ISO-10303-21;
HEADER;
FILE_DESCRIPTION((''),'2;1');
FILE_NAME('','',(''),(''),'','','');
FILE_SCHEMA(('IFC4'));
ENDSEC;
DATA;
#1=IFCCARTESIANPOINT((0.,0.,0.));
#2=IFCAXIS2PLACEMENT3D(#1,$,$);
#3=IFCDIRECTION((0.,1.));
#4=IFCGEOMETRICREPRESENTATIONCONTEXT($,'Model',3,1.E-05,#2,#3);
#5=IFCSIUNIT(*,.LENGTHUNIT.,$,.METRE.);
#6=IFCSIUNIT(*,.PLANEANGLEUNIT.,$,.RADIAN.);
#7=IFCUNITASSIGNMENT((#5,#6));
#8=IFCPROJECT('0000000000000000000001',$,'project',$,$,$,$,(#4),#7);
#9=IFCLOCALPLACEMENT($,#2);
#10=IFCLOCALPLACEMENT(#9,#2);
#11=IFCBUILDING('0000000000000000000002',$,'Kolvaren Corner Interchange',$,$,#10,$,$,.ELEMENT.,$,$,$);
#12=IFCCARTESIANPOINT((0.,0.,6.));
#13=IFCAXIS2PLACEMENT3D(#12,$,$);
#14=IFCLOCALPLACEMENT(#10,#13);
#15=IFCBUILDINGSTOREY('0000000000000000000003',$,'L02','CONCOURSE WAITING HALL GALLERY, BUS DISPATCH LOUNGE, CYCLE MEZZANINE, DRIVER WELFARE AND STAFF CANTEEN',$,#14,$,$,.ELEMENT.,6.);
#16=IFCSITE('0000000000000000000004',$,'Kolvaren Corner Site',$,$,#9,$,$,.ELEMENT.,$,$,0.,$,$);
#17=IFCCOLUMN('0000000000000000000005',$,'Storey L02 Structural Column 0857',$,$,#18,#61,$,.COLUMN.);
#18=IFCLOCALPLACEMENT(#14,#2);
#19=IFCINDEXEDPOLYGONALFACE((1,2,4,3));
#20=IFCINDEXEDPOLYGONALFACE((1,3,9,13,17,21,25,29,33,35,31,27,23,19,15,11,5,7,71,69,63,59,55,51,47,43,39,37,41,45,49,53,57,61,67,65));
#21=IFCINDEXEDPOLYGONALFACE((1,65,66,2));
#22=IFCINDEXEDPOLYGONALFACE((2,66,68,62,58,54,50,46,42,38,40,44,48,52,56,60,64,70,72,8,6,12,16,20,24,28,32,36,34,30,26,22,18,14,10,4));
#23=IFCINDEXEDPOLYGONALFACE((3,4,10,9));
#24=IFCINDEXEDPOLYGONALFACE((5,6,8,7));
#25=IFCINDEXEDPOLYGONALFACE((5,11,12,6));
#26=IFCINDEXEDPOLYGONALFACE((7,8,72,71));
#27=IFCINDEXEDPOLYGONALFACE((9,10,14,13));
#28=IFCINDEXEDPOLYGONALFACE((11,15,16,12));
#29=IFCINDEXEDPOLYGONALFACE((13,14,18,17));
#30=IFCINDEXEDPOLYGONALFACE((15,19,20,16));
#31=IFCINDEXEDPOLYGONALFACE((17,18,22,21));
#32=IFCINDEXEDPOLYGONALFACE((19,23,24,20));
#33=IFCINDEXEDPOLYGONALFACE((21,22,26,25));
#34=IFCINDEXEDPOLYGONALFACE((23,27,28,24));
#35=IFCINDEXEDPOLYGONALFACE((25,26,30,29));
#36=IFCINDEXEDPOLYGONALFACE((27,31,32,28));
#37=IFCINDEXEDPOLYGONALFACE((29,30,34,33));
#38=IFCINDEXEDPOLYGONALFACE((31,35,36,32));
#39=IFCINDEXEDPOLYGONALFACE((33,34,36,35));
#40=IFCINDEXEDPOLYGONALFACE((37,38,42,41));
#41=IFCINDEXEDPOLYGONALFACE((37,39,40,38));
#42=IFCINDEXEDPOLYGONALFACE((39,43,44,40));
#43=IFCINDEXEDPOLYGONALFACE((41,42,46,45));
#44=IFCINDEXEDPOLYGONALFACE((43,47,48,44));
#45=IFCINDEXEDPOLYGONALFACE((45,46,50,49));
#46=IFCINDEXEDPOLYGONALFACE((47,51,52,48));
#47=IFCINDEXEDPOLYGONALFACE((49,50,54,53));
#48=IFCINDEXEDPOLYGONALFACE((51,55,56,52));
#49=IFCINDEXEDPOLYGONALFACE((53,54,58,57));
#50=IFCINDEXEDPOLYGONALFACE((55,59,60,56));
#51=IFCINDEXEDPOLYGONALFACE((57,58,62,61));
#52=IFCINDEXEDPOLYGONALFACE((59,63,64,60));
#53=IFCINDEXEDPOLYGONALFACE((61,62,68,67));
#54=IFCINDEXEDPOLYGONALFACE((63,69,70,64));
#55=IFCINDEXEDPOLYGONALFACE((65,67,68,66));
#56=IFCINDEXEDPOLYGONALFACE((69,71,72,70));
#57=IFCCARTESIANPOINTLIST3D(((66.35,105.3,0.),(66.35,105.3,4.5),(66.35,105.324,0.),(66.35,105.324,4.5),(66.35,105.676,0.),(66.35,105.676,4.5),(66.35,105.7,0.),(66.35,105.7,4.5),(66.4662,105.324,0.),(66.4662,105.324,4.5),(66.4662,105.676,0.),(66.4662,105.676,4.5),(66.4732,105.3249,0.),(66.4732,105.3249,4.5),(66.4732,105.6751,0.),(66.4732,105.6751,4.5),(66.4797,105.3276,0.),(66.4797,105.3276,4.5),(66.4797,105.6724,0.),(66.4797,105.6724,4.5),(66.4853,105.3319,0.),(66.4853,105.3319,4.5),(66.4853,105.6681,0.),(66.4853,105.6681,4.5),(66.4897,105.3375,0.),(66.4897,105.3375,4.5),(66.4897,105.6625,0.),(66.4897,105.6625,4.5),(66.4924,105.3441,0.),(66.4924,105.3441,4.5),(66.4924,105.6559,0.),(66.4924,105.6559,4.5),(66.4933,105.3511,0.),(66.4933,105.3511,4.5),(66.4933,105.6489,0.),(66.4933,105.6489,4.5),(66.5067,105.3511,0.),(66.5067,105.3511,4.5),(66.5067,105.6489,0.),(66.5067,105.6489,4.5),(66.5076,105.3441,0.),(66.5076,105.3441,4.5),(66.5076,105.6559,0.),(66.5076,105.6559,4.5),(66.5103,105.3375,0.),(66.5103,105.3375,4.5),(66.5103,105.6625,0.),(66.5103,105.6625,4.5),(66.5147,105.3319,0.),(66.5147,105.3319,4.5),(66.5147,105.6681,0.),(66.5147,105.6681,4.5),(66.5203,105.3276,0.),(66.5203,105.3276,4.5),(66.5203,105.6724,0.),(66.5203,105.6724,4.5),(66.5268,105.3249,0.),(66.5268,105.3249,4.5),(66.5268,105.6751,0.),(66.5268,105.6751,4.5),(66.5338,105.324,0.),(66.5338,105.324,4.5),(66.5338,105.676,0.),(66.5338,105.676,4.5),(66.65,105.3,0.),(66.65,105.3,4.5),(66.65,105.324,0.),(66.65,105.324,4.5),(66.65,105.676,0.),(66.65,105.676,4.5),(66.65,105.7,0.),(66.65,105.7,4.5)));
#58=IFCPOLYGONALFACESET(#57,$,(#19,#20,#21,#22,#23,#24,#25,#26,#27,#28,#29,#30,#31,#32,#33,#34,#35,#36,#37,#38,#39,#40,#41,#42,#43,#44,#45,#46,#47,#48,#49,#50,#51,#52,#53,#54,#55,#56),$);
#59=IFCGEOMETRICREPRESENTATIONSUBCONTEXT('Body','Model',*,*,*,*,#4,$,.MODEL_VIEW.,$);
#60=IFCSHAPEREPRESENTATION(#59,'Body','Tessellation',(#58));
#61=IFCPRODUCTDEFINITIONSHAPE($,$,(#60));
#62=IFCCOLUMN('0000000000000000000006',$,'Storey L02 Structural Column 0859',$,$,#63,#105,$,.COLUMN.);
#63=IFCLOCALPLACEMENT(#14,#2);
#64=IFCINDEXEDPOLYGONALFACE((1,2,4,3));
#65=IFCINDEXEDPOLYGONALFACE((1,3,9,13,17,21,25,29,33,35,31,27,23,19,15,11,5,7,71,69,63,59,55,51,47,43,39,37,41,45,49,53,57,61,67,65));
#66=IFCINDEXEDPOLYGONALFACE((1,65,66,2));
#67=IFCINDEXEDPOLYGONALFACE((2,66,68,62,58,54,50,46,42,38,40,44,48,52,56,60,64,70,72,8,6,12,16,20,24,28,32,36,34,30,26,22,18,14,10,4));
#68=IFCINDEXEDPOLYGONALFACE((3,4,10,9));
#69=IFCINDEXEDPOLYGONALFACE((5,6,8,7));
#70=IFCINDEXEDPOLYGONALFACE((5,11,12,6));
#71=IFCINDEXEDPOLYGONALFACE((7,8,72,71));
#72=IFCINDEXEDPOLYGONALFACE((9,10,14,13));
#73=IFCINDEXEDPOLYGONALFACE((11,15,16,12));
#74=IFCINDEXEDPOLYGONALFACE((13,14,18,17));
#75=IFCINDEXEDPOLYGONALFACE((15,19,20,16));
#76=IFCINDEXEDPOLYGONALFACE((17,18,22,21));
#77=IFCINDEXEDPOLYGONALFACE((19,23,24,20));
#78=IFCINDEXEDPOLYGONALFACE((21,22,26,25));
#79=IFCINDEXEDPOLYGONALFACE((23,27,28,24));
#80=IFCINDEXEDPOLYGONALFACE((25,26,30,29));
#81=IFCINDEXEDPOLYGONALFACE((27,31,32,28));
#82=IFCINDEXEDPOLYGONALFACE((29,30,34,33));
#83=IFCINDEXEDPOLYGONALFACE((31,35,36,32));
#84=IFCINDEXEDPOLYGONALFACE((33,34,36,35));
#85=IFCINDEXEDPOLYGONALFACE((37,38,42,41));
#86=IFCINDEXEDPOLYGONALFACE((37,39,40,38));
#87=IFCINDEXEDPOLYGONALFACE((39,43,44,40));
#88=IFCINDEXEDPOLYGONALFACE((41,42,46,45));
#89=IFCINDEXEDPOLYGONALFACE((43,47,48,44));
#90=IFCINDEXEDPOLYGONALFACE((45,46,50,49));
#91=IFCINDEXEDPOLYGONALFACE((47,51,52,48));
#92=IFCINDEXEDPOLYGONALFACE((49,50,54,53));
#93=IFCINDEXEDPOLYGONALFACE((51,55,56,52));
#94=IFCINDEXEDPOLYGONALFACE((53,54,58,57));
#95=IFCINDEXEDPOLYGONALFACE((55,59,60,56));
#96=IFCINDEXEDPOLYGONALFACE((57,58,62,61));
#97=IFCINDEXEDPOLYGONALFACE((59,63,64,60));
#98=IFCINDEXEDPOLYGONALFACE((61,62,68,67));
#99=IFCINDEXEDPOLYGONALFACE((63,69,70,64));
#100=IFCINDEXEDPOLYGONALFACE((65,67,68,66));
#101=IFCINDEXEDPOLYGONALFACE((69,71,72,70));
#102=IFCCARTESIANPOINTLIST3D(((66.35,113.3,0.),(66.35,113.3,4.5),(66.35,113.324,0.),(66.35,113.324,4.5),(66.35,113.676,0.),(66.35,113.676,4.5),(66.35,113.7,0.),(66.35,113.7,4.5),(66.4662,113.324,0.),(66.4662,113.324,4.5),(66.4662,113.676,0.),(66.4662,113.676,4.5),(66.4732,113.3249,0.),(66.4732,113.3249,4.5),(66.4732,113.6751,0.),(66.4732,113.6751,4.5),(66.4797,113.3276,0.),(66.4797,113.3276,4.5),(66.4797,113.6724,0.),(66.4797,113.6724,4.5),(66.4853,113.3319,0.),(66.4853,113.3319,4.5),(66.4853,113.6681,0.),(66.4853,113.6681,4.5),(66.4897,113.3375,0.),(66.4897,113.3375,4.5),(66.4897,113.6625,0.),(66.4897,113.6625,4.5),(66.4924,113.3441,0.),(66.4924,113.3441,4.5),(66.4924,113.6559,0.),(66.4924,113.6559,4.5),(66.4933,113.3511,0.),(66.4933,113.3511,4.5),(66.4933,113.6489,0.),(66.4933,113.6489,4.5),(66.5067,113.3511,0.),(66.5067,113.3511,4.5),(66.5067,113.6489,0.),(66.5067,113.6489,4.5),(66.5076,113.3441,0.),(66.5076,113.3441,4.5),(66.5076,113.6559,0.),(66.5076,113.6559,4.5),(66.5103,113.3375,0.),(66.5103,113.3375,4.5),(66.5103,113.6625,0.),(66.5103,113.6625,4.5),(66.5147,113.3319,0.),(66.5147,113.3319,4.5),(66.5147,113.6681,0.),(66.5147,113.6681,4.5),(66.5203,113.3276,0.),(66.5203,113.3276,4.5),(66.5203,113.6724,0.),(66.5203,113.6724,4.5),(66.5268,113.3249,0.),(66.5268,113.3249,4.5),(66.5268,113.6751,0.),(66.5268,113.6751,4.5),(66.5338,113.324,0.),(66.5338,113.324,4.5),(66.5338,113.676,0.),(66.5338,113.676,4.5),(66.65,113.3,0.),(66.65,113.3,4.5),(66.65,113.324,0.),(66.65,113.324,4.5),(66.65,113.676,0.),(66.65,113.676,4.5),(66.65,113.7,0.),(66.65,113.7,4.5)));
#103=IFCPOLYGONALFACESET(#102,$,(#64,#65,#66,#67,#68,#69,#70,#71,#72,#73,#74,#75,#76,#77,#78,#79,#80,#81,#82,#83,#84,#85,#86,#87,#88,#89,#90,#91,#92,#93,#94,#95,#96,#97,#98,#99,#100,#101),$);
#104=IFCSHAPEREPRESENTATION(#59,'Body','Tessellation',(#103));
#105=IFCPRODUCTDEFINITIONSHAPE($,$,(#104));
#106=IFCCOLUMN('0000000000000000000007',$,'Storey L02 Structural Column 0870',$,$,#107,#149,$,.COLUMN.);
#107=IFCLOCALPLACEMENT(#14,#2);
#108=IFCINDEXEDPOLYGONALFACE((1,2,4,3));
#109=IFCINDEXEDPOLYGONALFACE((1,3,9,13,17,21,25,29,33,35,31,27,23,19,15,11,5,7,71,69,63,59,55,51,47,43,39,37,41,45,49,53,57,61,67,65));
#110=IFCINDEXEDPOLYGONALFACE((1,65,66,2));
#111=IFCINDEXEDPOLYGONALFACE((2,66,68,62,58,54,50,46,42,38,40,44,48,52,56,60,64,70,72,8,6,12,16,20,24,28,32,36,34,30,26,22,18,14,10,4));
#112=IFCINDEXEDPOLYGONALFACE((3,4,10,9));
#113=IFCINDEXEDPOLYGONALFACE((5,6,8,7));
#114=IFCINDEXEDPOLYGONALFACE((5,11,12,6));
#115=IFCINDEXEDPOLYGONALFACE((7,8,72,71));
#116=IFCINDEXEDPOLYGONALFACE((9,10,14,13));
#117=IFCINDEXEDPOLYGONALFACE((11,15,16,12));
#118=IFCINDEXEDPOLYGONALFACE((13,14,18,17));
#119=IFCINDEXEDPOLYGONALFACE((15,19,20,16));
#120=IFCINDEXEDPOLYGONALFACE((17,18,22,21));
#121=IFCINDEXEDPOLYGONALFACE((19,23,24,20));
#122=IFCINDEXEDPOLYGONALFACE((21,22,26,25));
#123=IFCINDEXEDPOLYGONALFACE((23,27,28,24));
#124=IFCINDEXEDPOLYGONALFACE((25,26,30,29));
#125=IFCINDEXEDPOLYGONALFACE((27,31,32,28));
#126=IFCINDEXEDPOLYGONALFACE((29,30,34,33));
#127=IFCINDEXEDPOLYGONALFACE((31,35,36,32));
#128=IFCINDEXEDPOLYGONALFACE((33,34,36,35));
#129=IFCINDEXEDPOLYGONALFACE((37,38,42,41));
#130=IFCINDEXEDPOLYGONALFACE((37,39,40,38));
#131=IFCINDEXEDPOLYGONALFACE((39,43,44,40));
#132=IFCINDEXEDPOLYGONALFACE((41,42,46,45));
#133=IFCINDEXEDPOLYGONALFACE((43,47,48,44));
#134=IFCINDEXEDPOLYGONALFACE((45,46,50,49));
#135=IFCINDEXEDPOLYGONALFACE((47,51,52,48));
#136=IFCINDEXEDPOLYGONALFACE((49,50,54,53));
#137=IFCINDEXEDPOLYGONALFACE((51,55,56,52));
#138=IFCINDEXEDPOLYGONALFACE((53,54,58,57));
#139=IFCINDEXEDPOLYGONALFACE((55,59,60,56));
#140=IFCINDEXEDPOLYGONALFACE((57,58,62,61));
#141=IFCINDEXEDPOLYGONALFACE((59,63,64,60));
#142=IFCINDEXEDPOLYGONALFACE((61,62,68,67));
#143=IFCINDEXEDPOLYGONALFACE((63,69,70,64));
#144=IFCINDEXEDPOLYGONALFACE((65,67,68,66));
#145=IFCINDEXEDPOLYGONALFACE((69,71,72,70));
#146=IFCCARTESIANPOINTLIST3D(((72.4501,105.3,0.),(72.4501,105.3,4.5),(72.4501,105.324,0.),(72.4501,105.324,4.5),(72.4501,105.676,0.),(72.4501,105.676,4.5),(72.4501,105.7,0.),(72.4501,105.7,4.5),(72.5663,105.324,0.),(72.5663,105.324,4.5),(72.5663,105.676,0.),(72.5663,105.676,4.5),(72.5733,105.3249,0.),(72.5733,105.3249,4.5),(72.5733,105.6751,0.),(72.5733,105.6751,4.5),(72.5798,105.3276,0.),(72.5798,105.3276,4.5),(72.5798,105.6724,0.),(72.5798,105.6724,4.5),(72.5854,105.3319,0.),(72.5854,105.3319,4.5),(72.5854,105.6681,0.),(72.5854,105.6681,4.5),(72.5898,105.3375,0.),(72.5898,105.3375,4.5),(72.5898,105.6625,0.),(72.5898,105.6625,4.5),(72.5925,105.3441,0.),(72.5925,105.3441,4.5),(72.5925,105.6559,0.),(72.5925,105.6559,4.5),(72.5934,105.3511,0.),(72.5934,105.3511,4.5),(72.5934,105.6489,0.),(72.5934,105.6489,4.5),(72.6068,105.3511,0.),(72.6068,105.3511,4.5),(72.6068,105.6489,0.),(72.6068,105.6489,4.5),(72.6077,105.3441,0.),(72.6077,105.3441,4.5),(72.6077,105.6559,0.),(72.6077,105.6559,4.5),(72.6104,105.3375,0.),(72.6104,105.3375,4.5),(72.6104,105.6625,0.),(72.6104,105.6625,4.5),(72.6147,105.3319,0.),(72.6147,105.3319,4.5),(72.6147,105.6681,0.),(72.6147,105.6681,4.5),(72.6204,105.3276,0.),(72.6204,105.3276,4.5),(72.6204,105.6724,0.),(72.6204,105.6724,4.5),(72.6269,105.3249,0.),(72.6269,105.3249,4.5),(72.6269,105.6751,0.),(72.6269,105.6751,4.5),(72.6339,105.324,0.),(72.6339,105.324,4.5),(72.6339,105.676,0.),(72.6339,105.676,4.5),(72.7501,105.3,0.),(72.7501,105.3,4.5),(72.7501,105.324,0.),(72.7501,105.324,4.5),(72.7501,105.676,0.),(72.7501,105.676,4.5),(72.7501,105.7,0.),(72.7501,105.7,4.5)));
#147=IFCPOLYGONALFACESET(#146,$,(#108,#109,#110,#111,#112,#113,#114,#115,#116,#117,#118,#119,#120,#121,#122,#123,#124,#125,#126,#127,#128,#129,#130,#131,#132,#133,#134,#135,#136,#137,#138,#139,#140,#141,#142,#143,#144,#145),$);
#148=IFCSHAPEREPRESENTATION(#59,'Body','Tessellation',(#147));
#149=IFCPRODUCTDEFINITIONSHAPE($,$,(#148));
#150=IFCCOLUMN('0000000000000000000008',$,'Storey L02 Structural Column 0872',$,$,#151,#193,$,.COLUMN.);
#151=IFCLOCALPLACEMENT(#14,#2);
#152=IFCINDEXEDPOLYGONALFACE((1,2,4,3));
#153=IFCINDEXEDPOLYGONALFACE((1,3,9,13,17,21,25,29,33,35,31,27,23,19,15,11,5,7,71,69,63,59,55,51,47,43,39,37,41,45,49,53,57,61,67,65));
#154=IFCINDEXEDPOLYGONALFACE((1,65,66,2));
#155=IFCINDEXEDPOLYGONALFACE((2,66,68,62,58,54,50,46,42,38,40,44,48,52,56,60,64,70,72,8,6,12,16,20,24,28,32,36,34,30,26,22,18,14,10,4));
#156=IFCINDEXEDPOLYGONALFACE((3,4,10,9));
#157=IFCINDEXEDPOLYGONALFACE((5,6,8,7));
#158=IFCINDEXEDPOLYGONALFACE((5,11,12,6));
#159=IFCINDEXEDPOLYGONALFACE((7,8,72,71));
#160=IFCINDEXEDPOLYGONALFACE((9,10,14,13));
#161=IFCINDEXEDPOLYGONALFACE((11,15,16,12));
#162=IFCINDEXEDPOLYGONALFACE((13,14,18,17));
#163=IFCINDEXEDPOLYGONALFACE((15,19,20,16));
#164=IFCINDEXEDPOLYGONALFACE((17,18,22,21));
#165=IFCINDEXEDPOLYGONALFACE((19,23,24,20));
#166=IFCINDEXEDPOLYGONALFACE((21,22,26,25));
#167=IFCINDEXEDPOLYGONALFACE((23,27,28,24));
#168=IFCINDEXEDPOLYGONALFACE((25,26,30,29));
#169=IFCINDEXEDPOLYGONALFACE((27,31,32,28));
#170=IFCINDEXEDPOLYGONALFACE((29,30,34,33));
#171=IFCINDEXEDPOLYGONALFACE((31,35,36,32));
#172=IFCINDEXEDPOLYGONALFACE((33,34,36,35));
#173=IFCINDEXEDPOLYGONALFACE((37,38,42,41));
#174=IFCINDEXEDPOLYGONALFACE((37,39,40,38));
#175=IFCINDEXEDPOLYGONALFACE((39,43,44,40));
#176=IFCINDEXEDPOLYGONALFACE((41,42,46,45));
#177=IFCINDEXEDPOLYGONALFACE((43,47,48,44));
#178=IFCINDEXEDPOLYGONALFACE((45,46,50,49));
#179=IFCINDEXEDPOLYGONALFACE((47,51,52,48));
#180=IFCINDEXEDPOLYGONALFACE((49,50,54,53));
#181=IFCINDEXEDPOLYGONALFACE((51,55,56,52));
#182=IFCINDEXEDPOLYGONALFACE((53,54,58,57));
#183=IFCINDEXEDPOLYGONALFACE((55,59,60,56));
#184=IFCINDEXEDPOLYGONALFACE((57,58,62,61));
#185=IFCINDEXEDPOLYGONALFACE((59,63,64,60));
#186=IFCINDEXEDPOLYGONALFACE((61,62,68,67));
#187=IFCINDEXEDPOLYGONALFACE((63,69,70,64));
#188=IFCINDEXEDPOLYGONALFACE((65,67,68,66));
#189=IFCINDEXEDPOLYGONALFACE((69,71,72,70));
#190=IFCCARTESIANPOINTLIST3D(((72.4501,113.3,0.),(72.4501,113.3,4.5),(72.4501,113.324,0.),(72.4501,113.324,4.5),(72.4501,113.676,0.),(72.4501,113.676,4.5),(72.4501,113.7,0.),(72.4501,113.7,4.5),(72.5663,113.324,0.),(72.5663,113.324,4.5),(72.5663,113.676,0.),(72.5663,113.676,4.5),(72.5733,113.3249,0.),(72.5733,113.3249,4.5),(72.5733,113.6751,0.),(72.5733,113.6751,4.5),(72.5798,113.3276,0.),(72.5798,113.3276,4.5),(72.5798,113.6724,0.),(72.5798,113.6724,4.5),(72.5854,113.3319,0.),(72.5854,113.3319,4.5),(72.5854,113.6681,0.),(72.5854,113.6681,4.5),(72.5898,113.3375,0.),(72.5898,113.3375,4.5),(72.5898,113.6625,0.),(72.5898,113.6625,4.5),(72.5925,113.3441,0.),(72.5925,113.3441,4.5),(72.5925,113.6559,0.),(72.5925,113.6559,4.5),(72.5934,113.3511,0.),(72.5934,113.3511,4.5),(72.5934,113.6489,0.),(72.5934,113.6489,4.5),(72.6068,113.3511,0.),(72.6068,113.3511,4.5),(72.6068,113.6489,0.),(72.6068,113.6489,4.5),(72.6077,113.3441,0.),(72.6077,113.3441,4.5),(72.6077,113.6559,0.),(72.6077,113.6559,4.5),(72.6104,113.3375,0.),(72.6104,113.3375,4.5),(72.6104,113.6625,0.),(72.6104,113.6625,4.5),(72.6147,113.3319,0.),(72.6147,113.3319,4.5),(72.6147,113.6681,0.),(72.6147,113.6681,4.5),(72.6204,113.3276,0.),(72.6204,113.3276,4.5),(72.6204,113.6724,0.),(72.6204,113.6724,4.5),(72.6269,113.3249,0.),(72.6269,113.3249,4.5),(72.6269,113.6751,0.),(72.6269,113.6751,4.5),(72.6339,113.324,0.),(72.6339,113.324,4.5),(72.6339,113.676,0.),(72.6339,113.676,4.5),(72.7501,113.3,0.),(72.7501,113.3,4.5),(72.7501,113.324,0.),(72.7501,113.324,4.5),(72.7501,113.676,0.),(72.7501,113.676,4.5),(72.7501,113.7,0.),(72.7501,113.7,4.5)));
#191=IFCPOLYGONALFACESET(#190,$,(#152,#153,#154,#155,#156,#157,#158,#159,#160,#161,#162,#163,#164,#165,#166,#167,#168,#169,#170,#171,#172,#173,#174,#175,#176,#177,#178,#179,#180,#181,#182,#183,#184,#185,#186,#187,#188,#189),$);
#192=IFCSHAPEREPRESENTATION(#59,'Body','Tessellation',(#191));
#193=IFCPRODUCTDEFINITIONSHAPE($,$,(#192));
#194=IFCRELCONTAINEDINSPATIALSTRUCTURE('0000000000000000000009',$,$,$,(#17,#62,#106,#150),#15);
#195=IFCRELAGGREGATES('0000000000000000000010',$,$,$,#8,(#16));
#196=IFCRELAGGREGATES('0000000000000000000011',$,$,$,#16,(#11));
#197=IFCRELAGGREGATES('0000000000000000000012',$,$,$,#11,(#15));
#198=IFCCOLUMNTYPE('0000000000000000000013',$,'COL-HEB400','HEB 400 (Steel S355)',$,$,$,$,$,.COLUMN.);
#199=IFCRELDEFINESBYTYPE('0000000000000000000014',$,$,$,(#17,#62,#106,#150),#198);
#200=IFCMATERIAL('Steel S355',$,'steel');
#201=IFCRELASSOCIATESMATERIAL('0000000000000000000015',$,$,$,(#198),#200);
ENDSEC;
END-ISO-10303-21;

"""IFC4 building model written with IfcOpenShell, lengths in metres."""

from ifc_helpers import new_model, si_unit, direction, frame, origin, origin_2d, place, context, subcontext, project, spatial, i_section, extrude, material, material_profile, profile_set, type_object, element, save


model = new_model("IFC4")

# Units and contexts
model_context = context("Model", 3, precision=1e-05, world=origin(), true_north=direction((0.0, 1.0)))
body_context = subcontext(model_context, "Body", "Model", "MODEL_VIEW")
ifc_project = project(units=[si_unit("LENGTHUNIT", "METRE"), si_unit("PLANEANGLEUNIT", "RADIAN")], contexts=[model_context])

# Site, building, storey
site_placement = place(None, origin())
site = spatial("IfcSite", under=ifc_project, at=site_placement, Name="Kolvaren Corner Site", CompositionType="ELEMENT", RefElevation=0.0)
building_placement = place(site_placement, origin())
building = spatial("IfcBuilding", under=site, at=building_placement, Name="Kolvaren Corner Interchange", CompositionType="ELEMENT")
storey_placement = place(building_placement, frame((0.0, 0.0, 6.0)))
storey = spatial("IfcBuildingStorey", under=building, at=storey_placement, Name="L02", Description="CONCOURSE WAITING HALL GALLERY, BUS DISPATCH LOUNGE, CYCLE MEZZANINE, DRIVER WELFARE AND STAFF CANTEEN", CompositionType="ELEMENT", Elevation=6.0)

# Columns
ifc_material_1 = material(Name="Steel S355", Category="steel")
ifc_material_profile_1 = material_profile(ifc_material_1, i_section(OverallWidth=0.3, OverallDepth=0.3999, WebThickness=0.0134, FlangeThickness=0.0239, FilletRadius=0.0271, at=origin_2d()), Name="HEB 400")
ifc_profile_set_1 = profile_set([ifc_material_profile_1], Name="Steel S355")
column_type = type_object("IfcColumnType", Name="COL-HEB400", Description="HEB 400 (Steel S355)", PredefinedType="COLUMN", material=ifc_profile_set_1)
for number, where, z_axis, x_axis, name in (
    (1, (66.5, 105.5, 0.0), (0.0, 0.0, 1.0), (1.0, 0.0, 0.0), "Storey L02 Structural Column 0857"),
    (2, (66.5, 113.5, 0.0), (0.0, 0.0, 1.0), (1.0, 0.0, 0.0), "Storey L02 Structural Column 0859"),
    (3, (72.6001, 105.5, 0.0), (0.0, 0.0, 1.0), (1.0, 0.0, 0.0), "Storey L02 Structural Column 0870"),
    (4, (72.6001, 113.5, 0.0), (0.0, 0.0, 1.0), (1.0, 0.0, 0.0), "Storey L02 Structural Column 0872"),
):
    element("IfcColumn", number, at=place(storey_placement, frame(where, z_axis=z_axis, x_axis=x_axis)), inside=storey, type_object=column_type, Name=name, PredefinedType="COLUMN", context=body_context, shape_type="SweptSolid", body=[
        extrude(i_section(OverallWidth=0.3, OverallDepth=0.3999, WebThickness=0.0134, FlangeThickness=0.0239, FilletRadius=0.0271, at=origin_2d()), origin(), (0.0, 0.0, 1.0), 4.5),
    ])

save(model, "model.ifc")
